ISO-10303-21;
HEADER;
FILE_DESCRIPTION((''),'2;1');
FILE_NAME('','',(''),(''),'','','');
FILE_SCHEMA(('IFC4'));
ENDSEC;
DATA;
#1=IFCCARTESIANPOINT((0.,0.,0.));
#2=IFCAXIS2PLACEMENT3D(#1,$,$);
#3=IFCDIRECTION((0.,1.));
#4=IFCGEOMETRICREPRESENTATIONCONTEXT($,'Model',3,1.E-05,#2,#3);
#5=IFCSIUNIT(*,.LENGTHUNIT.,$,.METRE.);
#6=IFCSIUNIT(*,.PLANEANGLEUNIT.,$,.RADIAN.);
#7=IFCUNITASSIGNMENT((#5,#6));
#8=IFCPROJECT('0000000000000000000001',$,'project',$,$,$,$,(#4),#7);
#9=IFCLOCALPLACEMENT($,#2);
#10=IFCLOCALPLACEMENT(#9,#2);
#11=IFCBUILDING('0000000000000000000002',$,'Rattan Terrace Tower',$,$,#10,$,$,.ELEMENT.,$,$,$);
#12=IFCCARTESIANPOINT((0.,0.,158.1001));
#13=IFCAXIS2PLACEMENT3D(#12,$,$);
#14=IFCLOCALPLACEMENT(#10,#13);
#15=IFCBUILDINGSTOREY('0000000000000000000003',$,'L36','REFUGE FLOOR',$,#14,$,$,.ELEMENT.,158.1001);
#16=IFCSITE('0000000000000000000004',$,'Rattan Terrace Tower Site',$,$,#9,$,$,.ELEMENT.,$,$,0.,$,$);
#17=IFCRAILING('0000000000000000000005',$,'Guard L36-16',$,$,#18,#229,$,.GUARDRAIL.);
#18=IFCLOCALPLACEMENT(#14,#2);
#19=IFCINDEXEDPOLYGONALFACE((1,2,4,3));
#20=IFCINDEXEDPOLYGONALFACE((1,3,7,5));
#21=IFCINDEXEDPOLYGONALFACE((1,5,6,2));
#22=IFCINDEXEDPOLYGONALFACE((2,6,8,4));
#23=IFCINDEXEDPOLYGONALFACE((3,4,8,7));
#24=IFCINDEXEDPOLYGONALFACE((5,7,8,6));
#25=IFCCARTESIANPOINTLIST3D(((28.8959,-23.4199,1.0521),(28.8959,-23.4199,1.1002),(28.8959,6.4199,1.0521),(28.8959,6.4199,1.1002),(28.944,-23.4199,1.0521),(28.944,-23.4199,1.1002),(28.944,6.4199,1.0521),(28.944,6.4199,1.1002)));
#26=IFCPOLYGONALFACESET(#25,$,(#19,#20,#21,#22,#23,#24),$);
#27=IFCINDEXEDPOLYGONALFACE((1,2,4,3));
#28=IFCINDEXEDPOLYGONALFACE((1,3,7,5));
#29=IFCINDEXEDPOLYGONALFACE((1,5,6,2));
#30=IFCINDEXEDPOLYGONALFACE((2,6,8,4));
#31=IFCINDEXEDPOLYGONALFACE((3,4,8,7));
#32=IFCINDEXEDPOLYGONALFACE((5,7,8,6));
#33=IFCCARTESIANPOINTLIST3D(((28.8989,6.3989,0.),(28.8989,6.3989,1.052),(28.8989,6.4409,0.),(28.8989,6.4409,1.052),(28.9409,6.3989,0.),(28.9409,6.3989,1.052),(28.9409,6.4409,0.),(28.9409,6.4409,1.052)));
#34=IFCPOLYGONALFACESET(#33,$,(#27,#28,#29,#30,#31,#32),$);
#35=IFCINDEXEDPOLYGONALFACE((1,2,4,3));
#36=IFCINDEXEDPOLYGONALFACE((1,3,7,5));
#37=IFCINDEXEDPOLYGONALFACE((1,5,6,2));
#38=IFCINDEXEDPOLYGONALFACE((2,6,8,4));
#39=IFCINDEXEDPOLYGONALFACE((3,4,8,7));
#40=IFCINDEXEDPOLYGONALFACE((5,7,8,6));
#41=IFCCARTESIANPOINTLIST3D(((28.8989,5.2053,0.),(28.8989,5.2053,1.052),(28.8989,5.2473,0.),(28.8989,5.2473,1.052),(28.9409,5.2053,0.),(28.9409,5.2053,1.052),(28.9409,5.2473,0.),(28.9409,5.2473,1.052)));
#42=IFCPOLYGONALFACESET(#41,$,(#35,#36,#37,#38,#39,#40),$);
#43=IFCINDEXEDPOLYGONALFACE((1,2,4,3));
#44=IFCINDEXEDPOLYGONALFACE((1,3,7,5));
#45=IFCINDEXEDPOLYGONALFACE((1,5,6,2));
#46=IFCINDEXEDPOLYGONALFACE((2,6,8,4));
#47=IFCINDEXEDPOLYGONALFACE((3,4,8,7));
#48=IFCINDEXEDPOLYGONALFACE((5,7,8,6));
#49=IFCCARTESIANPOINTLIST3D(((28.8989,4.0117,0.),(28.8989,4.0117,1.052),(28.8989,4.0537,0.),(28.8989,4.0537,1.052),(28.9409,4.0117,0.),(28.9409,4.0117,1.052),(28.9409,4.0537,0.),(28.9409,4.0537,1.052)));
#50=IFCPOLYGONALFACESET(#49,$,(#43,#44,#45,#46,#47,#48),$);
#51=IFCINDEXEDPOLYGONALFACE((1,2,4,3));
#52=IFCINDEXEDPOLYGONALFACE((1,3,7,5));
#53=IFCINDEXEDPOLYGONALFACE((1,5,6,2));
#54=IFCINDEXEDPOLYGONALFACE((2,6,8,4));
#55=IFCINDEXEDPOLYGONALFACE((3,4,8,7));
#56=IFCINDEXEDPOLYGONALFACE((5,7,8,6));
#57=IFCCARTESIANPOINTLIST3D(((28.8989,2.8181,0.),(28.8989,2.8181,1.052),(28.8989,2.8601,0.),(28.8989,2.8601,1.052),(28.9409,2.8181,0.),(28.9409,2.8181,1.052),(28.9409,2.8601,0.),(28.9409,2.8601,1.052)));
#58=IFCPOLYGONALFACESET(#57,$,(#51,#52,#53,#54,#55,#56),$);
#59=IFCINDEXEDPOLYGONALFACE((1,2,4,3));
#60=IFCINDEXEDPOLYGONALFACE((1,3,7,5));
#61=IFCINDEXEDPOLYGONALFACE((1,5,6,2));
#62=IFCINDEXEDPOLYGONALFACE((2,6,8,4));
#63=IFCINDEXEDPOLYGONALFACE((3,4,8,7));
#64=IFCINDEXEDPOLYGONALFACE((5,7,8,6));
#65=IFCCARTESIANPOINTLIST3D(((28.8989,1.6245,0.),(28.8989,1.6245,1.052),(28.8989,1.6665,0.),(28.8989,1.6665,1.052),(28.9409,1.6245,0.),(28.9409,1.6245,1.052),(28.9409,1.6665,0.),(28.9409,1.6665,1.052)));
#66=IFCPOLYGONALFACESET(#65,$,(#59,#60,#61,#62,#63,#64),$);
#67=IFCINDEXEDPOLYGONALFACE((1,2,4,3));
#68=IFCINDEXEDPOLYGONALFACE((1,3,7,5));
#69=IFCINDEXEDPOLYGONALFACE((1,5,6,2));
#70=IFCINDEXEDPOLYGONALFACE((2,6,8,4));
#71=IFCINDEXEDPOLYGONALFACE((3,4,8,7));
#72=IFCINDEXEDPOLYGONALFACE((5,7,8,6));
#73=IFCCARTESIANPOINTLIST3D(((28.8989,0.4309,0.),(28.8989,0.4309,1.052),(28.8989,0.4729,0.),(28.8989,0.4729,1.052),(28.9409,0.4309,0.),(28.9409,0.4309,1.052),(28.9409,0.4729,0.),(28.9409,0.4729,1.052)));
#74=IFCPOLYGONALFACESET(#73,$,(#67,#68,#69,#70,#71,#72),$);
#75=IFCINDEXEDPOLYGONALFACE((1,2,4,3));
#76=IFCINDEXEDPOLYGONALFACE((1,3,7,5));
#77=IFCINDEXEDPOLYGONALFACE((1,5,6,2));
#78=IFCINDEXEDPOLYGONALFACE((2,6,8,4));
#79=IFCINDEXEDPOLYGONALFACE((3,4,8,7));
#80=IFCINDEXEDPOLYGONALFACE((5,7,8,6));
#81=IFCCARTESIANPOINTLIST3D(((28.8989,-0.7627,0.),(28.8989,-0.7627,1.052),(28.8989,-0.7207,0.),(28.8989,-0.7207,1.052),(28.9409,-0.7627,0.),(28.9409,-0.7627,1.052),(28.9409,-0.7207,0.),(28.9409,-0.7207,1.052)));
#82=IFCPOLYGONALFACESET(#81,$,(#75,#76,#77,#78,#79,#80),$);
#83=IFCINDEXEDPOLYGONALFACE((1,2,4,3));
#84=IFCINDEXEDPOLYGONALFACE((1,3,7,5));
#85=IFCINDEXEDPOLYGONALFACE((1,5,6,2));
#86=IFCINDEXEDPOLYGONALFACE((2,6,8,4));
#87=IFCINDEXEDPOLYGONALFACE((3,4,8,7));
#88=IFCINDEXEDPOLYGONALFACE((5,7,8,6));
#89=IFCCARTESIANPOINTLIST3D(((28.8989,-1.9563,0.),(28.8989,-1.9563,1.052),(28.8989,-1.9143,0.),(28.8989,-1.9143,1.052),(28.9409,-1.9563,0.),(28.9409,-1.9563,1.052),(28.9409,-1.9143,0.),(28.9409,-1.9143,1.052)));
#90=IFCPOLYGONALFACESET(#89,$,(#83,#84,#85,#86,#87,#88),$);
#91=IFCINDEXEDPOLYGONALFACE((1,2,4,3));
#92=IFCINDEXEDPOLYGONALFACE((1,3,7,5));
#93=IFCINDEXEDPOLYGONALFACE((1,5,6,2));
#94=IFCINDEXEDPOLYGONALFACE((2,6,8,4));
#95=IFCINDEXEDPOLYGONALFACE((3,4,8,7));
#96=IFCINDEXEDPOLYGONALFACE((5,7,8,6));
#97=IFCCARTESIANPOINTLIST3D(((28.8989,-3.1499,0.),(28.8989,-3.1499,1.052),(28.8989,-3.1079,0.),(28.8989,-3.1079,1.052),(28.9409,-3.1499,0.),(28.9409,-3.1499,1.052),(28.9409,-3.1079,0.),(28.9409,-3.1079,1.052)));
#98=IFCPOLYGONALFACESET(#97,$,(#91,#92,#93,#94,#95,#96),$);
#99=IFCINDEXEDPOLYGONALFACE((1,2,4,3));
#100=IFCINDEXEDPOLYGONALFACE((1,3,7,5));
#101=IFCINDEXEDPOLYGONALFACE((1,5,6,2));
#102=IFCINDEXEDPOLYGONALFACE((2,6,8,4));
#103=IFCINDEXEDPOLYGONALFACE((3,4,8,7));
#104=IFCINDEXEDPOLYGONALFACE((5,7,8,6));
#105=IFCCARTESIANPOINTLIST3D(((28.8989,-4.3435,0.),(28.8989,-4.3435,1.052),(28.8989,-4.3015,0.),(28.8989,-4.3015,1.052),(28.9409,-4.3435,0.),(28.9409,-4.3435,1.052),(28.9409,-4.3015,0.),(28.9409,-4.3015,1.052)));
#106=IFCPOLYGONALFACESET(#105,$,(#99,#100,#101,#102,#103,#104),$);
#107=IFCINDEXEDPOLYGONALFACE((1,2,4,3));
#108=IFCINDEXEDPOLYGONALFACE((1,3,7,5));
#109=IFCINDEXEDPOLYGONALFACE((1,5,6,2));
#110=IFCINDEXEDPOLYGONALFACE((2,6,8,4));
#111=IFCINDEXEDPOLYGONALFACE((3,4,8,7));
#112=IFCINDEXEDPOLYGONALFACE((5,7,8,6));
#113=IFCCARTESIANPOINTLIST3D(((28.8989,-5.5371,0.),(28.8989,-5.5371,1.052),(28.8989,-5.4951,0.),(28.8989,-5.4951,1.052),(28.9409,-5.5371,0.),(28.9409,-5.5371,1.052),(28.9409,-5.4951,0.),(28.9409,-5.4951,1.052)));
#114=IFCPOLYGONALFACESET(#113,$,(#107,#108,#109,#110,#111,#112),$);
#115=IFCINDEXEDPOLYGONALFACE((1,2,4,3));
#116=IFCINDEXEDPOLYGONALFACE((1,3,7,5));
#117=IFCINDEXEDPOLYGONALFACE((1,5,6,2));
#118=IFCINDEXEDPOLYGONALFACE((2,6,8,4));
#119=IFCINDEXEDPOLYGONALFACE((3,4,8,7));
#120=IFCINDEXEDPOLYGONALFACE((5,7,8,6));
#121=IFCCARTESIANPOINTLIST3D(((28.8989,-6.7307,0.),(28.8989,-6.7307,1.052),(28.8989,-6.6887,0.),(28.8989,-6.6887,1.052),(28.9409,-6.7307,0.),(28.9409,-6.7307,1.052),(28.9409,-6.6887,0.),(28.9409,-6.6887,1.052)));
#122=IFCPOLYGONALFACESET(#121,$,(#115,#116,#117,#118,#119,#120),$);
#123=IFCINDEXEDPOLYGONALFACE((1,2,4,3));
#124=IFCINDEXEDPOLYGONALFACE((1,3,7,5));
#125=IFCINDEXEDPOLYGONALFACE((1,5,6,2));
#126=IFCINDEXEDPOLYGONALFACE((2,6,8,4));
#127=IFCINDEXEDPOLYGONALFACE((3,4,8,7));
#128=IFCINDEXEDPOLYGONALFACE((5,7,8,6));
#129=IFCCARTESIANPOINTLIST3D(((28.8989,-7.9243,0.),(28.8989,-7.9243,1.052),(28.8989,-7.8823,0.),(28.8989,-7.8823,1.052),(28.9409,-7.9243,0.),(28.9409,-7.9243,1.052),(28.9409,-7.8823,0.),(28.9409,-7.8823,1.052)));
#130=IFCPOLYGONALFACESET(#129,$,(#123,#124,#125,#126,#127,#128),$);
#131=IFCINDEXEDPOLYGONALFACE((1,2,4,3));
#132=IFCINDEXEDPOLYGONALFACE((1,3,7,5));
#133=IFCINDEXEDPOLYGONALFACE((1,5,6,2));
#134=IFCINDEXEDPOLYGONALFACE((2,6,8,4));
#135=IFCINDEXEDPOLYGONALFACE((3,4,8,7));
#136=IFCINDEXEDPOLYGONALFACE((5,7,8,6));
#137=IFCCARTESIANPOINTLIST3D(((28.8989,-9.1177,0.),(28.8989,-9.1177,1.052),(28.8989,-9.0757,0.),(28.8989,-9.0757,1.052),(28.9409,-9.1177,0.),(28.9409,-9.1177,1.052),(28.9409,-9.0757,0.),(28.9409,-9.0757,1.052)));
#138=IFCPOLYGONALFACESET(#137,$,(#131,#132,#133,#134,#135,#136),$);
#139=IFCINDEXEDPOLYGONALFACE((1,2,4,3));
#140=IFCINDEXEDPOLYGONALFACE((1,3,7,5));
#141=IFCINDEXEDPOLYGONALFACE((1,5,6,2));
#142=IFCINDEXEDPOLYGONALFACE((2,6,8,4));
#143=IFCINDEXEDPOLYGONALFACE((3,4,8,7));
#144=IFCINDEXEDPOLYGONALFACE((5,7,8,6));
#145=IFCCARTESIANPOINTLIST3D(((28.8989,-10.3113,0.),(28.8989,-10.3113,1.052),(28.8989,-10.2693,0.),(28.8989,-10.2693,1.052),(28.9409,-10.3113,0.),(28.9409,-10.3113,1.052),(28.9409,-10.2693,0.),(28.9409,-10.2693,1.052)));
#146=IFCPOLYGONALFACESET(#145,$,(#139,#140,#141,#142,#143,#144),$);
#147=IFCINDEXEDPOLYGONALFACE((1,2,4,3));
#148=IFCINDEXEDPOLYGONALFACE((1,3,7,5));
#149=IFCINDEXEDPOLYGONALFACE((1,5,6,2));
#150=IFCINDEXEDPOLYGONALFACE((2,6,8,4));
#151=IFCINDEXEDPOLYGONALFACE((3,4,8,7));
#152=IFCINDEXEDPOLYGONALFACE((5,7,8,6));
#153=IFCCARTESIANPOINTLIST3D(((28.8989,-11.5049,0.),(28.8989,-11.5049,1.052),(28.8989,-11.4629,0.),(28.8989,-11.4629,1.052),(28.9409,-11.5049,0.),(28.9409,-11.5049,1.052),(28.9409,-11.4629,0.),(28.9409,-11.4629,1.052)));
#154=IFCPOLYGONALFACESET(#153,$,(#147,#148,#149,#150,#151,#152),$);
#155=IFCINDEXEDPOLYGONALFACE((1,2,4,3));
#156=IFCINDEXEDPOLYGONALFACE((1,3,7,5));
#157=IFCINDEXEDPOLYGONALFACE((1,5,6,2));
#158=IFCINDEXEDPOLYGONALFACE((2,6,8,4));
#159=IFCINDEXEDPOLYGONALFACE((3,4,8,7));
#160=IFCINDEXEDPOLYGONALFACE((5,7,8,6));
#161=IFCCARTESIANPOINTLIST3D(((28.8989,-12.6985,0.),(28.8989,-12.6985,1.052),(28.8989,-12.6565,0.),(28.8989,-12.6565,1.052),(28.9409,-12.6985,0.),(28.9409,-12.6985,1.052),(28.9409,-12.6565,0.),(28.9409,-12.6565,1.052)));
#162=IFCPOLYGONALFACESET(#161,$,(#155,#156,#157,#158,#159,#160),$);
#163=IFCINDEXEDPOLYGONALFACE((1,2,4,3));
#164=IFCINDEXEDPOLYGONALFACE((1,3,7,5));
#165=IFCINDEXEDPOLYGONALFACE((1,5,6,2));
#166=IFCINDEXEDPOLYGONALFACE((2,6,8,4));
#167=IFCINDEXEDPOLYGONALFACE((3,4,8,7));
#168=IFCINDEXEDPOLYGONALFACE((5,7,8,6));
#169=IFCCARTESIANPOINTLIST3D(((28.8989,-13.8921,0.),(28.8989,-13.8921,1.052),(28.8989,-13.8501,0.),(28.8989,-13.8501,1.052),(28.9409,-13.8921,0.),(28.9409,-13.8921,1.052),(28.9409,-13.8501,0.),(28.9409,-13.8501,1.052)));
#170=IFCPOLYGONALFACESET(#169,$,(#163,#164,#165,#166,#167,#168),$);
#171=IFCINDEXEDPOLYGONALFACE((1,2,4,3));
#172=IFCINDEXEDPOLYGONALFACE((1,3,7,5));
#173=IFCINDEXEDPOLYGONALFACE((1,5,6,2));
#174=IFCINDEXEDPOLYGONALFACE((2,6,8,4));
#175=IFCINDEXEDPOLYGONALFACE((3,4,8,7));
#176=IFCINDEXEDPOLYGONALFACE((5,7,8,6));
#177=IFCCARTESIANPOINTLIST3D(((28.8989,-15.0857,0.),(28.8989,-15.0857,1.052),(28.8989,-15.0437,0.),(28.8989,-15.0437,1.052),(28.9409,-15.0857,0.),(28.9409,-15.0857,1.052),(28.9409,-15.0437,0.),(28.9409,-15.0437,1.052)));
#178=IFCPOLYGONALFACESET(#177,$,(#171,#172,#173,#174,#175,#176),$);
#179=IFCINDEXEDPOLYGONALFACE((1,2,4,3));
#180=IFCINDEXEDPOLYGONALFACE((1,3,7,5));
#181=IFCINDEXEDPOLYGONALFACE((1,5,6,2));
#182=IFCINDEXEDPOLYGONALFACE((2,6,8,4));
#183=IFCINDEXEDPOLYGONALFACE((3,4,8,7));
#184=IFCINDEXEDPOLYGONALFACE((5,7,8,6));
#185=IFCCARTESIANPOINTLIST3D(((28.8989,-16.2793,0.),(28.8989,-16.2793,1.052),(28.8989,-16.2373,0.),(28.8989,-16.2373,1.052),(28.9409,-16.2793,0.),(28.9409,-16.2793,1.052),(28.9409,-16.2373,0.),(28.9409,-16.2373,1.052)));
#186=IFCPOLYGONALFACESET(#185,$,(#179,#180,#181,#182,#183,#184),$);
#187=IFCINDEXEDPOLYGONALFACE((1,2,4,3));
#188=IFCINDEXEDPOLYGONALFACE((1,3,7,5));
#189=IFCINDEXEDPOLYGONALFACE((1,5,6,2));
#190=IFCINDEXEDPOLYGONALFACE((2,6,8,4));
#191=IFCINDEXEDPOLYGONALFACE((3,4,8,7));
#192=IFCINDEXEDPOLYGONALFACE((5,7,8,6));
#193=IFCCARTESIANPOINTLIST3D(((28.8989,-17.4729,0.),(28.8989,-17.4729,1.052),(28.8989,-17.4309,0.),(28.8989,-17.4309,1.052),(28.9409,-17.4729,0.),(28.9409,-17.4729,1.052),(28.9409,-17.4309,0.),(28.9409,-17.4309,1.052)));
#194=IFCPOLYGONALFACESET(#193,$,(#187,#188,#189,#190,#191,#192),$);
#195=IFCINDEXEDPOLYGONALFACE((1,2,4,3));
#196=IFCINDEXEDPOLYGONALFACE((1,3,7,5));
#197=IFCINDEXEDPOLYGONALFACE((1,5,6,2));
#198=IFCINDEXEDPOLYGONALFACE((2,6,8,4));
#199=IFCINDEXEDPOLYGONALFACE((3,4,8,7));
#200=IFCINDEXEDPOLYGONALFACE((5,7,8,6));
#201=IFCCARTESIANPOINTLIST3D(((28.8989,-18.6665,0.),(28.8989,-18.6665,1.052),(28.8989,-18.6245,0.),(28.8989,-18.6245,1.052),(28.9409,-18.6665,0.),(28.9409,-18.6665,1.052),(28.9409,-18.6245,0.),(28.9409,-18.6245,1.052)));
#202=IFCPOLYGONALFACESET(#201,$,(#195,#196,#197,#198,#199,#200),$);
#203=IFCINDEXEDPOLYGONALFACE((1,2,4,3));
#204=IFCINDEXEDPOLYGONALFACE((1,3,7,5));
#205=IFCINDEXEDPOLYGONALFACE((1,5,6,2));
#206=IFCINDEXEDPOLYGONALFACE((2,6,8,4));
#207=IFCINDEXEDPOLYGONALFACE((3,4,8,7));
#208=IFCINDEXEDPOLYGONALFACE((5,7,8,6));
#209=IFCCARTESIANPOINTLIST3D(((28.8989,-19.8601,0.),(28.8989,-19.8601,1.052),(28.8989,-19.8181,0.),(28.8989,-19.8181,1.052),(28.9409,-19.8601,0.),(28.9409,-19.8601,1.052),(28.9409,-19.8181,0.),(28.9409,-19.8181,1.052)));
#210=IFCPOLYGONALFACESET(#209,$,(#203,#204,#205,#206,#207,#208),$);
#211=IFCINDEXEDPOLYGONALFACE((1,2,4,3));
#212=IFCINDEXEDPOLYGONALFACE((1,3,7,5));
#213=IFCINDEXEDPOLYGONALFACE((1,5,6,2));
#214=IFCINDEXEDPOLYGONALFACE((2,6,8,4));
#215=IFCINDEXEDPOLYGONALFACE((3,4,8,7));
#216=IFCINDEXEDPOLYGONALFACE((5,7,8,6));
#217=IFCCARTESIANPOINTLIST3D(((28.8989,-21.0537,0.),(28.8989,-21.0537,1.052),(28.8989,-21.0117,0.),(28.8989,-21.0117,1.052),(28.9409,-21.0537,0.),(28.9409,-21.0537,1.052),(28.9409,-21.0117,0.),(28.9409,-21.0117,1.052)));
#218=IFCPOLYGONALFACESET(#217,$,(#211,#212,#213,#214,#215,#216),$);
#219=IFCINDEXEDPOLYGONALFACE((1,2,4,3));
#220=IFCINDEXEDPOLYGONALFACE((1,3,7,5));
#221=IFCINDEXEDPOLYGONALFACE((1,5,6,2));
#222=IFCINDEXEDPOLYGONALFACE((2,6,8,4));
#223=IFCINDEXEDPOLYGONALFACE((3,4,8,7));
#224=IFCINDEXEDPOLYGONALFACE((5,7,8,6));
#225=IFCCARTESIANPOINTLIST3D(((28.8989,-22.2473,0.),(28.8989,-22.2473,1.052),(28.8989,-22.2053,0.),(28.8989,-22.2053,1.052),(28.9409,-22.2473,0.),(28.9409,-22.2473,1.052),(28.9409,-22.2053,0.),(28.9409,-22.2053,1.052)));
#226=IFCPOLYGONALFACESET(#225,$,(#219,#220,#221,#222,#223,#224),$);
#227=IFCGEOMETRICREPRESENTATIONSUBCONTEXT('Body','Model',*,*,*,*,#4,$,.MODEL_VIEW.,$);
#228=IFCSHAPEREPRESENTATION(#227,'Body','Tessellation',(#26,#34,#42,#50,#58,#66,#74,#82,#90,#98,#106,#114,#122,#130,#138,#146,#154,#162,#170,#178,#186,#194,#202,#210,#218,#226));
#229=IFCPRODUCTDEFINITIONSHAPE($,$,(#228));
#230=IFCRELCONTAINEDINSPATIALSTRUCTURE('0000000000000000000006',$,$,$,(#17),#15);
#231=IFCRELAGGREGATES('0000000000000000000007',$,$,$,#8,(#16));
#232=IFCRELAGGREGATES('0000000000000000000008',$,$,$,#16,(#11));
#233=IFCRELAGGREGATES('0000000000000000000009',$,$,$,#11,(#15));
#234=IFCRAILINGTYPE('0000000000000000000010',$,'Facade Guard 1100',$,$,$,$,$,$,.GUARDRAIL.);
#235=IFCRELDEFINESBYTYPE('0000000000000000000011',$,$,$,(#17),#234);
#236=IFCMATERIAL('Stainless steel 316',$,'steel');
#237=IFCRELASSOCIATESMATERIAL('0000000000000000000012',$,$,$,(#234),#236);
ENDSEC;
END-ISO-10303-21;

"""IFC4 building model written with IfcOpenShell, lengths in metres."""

from ifc_helpers import new_model, si_unit, direction, frame, origin, origin_2d, place, context, subcontext, project, spatial, rectangle, extrude, material, type_object, element, save


model = new_model("IFC4")

# Units and contexts
model_context = context("Model", 3, precision=1e-05, world=origin(), true_north=direction((0.0, 1.0)))
body_context = subcontext(model_context, "Body", "Model", "MODEL_VIEW")
ifc_project = project(units=[si_unit("LENGTHUNIT", "METRE"), si_unit("PLANEANGLEUNIT", "RADIAN")], contexts=[model_context])

# Site, building, storey
site_placement = place(None, origin())
site = spatial("IfcSite", under=ifc_project, at=site_placement, Name="Rattan Terrace Tower Site", CompositionType="ELEMENT", RefElevation=0.0)
building_placement = place(site_placement, origin())
building = spatial("IfcBuilding", under=site, at=building_placement, Name="Rattan Terrace Tower", CompositionType="ELEMENT")
storey_placement = place(building_placement, frame((0.0, 0.0, 158.1001)))
storey = spatial("IfcBuildingStorey", under=building, at=storey_placement, Name="L36", Description="REFUGE FLOOR", CompositionType="ELEMENT", Elevation=158.1001)

# Railing
ifc_material_1 = material(Name="Stainless steel 316", Category="steel")
railing_type_1 = type_object("IfcRailingType", Name="Facade Guard 1100", PredefinedType="GUARDRAIL", material=ifc_material_1)
railing_1_placement = place(storey_placement, frame((28.9199, 6.4199, 0.0)))
element("IfcRailing", 1, at=railing_1_placement, inside=storey, type_object=railing_type_1, Name="Guard L36-16", PredefinedType="GUARDRAIL", context=body_context, shape_type="SweptSolid", body=[
    extrude(rectangle(XDim=0.0481, YDim=0.0481, at=origin_2d()), frame((0.0, 0.0, 1.0762), z_axis=(0.0, -1.0, 0.0), x_axis=(1.0, 0.0, 0.0)), (0.0, 0.0, 1.0), 29.8398),
    extrude(rectangle(XDim=0.042, YDim=0.042, at=origin_2d()), origin(), (0.0, 0.0, 1.0), 1.052),
    extrude(rectangle(XDim=0.042, YDim=0.042, at=origin_2d()), frame((0.0, -1.1936, 0.0)), (0.0, 0.0, 1.0), 1.052),
    extrude(rectangle(XDim=0.042, YDim=0.042, at=origin_2d()), frame((0.0, -2.3872, 0.0)), (0.0, 0.0, 1.0), 1.052),
    extrude(rectangle(XDim=0.042, YDim=0.042, at=origin_2d()), frame((0.0, -3.5808, 0.0)), (0.0, 0.0, 1.0), 1.052),
    extrude(rectangle(XDim=0.042, YDim=0.042, at=origin_2d()), frame((0.0, -4.7744, 0.0)), (0.0, 0.0, 1.0), 1.052),
    extrude(rectangle(XDim=0.042, YDim=0.042, at=origin_2d()), frame((0.0, -5.968, 0.0)), (0.0, 0.0, 1.0), 1.052),
    extrude(rectangle(XDim=0.042, YDim=0.042, at=origin_2d()), frame((0.0, -7.1616, 0.0)), (0.0, 0.0, 1.0), 1.052),
    extrude(rectangle(XDim=0.042, YDim=0.042, at=origin_2d()), frame((0.0, -8.3552, 0.0)), (0.0, 0.0, 1.0), 1.052),
    extrude(rectangle(XDim=0.042, YDim=0.042, at=origin_2d()), frame((0.0, -9.5488, 0.0)), (0.0, 0.0, 1.0), 1.052),
    extrude(rectangle(XDim=0.042, YDim=0.042, at=origin_2d()), frame((0.0, -10.7424, 0.0)), (0.0, 0.0, 1.0), 1.052),
    extrude(rectangle(XDim=0.042, YDim=0.042, at=origin_2d()), frame((0.0, -11.936, 0.0)), (0.0, 0.0, 1.0), 1.052),
    extrude(rectangle(XDim=0.042, YDim=0.042, at=origin_2d()), frame((0.0, -13.1296, 0.0)), (0.0, 0.0, 1.0), 1.052),
    extrude(rectangle(XDim=0.042, YDim=0.042, at=origin_2d()), frame((0.0, -14.3232, 0.0)), (0.0, 0.0, 1.0), 1.052),
    extrude(rectangle(XDim=0.042, YDim=0.042, at=origin_2d()), frame((0.0, -15.5166, 0.0)), (0.0, 0.0, 1.0), 1.052),
    extrude(rectangle(XDim=0.042, YDim=0.042, at=origin_2d()), frame((0.0, -16.7102, 0.0)), (0.0, 0.0, 1.0), 1.052),
    extrude(rectangle(XDim=0.042, YDim=0.042, at=origin_2d()), frame((0.0, -17.9038, 0.0)), (0.0, 0.0, 1.0), 1.052),
    extrude(rectangle(XDim=0.042, YDim=0.042, at=origin_2d()), frame((0.0, -19.0974, 0.0)), (0.0, 0.0, 1.0), 1.052),
    extrude(rectangle(XDim=0.042, YDim=0.042, at=origin_2d()), frame((0.0, -20.291, 0.0)), (0.0, 0.0, 1.0), 1.052),
    extrude(rectangle(XDim=0.042, YDim=0.042, at=origin_2d()), frame((0.0, -21.4846, 0.0)), (0.0, 0.0, 1.0), 1.052),
    extrude(rectangle(XDim=0.042, YDim=0.042, at=origin_2d()), frame((0.0, -22.6782, 0.0)), (0.0, 0.0, 1.0), 1.052),
    extrude(rectangle(XDim=0.042, YDim=0.042, at=origin_2d()), frame((0.0, -23.8718, 0.0)), (0.0, 0.0, 1.0), 1.052),
    extrude(rectangle(XDim=0.042, YDim=0.042, at=origin_2d()), frame((0.0, -25.0654, 0.0)), (0.0, 0.0, 1.0), 1.052),
    extrude(rectangle(XDim=0.042, YDim=0.042, at=origin_2d()), frame((0.0, -26.259, 0.0)), (0.0, 0.0, 1.0), 1.052),
    extrude(rectangle(XDim=0.042, YDim=0.042, at=origin_2d()), frame((0.0, -27.4526, 0.0)), (0.0, 0.0, 1.0), 1.052),
    extrude(rectangle(XDim=0.042, YDim=0.042, at=origin_2d()), frame((0.0, -28.6462, 0.0)), (0.0, 0.0, 1.0), 1.052),
])

save(model, "model.ifc")
